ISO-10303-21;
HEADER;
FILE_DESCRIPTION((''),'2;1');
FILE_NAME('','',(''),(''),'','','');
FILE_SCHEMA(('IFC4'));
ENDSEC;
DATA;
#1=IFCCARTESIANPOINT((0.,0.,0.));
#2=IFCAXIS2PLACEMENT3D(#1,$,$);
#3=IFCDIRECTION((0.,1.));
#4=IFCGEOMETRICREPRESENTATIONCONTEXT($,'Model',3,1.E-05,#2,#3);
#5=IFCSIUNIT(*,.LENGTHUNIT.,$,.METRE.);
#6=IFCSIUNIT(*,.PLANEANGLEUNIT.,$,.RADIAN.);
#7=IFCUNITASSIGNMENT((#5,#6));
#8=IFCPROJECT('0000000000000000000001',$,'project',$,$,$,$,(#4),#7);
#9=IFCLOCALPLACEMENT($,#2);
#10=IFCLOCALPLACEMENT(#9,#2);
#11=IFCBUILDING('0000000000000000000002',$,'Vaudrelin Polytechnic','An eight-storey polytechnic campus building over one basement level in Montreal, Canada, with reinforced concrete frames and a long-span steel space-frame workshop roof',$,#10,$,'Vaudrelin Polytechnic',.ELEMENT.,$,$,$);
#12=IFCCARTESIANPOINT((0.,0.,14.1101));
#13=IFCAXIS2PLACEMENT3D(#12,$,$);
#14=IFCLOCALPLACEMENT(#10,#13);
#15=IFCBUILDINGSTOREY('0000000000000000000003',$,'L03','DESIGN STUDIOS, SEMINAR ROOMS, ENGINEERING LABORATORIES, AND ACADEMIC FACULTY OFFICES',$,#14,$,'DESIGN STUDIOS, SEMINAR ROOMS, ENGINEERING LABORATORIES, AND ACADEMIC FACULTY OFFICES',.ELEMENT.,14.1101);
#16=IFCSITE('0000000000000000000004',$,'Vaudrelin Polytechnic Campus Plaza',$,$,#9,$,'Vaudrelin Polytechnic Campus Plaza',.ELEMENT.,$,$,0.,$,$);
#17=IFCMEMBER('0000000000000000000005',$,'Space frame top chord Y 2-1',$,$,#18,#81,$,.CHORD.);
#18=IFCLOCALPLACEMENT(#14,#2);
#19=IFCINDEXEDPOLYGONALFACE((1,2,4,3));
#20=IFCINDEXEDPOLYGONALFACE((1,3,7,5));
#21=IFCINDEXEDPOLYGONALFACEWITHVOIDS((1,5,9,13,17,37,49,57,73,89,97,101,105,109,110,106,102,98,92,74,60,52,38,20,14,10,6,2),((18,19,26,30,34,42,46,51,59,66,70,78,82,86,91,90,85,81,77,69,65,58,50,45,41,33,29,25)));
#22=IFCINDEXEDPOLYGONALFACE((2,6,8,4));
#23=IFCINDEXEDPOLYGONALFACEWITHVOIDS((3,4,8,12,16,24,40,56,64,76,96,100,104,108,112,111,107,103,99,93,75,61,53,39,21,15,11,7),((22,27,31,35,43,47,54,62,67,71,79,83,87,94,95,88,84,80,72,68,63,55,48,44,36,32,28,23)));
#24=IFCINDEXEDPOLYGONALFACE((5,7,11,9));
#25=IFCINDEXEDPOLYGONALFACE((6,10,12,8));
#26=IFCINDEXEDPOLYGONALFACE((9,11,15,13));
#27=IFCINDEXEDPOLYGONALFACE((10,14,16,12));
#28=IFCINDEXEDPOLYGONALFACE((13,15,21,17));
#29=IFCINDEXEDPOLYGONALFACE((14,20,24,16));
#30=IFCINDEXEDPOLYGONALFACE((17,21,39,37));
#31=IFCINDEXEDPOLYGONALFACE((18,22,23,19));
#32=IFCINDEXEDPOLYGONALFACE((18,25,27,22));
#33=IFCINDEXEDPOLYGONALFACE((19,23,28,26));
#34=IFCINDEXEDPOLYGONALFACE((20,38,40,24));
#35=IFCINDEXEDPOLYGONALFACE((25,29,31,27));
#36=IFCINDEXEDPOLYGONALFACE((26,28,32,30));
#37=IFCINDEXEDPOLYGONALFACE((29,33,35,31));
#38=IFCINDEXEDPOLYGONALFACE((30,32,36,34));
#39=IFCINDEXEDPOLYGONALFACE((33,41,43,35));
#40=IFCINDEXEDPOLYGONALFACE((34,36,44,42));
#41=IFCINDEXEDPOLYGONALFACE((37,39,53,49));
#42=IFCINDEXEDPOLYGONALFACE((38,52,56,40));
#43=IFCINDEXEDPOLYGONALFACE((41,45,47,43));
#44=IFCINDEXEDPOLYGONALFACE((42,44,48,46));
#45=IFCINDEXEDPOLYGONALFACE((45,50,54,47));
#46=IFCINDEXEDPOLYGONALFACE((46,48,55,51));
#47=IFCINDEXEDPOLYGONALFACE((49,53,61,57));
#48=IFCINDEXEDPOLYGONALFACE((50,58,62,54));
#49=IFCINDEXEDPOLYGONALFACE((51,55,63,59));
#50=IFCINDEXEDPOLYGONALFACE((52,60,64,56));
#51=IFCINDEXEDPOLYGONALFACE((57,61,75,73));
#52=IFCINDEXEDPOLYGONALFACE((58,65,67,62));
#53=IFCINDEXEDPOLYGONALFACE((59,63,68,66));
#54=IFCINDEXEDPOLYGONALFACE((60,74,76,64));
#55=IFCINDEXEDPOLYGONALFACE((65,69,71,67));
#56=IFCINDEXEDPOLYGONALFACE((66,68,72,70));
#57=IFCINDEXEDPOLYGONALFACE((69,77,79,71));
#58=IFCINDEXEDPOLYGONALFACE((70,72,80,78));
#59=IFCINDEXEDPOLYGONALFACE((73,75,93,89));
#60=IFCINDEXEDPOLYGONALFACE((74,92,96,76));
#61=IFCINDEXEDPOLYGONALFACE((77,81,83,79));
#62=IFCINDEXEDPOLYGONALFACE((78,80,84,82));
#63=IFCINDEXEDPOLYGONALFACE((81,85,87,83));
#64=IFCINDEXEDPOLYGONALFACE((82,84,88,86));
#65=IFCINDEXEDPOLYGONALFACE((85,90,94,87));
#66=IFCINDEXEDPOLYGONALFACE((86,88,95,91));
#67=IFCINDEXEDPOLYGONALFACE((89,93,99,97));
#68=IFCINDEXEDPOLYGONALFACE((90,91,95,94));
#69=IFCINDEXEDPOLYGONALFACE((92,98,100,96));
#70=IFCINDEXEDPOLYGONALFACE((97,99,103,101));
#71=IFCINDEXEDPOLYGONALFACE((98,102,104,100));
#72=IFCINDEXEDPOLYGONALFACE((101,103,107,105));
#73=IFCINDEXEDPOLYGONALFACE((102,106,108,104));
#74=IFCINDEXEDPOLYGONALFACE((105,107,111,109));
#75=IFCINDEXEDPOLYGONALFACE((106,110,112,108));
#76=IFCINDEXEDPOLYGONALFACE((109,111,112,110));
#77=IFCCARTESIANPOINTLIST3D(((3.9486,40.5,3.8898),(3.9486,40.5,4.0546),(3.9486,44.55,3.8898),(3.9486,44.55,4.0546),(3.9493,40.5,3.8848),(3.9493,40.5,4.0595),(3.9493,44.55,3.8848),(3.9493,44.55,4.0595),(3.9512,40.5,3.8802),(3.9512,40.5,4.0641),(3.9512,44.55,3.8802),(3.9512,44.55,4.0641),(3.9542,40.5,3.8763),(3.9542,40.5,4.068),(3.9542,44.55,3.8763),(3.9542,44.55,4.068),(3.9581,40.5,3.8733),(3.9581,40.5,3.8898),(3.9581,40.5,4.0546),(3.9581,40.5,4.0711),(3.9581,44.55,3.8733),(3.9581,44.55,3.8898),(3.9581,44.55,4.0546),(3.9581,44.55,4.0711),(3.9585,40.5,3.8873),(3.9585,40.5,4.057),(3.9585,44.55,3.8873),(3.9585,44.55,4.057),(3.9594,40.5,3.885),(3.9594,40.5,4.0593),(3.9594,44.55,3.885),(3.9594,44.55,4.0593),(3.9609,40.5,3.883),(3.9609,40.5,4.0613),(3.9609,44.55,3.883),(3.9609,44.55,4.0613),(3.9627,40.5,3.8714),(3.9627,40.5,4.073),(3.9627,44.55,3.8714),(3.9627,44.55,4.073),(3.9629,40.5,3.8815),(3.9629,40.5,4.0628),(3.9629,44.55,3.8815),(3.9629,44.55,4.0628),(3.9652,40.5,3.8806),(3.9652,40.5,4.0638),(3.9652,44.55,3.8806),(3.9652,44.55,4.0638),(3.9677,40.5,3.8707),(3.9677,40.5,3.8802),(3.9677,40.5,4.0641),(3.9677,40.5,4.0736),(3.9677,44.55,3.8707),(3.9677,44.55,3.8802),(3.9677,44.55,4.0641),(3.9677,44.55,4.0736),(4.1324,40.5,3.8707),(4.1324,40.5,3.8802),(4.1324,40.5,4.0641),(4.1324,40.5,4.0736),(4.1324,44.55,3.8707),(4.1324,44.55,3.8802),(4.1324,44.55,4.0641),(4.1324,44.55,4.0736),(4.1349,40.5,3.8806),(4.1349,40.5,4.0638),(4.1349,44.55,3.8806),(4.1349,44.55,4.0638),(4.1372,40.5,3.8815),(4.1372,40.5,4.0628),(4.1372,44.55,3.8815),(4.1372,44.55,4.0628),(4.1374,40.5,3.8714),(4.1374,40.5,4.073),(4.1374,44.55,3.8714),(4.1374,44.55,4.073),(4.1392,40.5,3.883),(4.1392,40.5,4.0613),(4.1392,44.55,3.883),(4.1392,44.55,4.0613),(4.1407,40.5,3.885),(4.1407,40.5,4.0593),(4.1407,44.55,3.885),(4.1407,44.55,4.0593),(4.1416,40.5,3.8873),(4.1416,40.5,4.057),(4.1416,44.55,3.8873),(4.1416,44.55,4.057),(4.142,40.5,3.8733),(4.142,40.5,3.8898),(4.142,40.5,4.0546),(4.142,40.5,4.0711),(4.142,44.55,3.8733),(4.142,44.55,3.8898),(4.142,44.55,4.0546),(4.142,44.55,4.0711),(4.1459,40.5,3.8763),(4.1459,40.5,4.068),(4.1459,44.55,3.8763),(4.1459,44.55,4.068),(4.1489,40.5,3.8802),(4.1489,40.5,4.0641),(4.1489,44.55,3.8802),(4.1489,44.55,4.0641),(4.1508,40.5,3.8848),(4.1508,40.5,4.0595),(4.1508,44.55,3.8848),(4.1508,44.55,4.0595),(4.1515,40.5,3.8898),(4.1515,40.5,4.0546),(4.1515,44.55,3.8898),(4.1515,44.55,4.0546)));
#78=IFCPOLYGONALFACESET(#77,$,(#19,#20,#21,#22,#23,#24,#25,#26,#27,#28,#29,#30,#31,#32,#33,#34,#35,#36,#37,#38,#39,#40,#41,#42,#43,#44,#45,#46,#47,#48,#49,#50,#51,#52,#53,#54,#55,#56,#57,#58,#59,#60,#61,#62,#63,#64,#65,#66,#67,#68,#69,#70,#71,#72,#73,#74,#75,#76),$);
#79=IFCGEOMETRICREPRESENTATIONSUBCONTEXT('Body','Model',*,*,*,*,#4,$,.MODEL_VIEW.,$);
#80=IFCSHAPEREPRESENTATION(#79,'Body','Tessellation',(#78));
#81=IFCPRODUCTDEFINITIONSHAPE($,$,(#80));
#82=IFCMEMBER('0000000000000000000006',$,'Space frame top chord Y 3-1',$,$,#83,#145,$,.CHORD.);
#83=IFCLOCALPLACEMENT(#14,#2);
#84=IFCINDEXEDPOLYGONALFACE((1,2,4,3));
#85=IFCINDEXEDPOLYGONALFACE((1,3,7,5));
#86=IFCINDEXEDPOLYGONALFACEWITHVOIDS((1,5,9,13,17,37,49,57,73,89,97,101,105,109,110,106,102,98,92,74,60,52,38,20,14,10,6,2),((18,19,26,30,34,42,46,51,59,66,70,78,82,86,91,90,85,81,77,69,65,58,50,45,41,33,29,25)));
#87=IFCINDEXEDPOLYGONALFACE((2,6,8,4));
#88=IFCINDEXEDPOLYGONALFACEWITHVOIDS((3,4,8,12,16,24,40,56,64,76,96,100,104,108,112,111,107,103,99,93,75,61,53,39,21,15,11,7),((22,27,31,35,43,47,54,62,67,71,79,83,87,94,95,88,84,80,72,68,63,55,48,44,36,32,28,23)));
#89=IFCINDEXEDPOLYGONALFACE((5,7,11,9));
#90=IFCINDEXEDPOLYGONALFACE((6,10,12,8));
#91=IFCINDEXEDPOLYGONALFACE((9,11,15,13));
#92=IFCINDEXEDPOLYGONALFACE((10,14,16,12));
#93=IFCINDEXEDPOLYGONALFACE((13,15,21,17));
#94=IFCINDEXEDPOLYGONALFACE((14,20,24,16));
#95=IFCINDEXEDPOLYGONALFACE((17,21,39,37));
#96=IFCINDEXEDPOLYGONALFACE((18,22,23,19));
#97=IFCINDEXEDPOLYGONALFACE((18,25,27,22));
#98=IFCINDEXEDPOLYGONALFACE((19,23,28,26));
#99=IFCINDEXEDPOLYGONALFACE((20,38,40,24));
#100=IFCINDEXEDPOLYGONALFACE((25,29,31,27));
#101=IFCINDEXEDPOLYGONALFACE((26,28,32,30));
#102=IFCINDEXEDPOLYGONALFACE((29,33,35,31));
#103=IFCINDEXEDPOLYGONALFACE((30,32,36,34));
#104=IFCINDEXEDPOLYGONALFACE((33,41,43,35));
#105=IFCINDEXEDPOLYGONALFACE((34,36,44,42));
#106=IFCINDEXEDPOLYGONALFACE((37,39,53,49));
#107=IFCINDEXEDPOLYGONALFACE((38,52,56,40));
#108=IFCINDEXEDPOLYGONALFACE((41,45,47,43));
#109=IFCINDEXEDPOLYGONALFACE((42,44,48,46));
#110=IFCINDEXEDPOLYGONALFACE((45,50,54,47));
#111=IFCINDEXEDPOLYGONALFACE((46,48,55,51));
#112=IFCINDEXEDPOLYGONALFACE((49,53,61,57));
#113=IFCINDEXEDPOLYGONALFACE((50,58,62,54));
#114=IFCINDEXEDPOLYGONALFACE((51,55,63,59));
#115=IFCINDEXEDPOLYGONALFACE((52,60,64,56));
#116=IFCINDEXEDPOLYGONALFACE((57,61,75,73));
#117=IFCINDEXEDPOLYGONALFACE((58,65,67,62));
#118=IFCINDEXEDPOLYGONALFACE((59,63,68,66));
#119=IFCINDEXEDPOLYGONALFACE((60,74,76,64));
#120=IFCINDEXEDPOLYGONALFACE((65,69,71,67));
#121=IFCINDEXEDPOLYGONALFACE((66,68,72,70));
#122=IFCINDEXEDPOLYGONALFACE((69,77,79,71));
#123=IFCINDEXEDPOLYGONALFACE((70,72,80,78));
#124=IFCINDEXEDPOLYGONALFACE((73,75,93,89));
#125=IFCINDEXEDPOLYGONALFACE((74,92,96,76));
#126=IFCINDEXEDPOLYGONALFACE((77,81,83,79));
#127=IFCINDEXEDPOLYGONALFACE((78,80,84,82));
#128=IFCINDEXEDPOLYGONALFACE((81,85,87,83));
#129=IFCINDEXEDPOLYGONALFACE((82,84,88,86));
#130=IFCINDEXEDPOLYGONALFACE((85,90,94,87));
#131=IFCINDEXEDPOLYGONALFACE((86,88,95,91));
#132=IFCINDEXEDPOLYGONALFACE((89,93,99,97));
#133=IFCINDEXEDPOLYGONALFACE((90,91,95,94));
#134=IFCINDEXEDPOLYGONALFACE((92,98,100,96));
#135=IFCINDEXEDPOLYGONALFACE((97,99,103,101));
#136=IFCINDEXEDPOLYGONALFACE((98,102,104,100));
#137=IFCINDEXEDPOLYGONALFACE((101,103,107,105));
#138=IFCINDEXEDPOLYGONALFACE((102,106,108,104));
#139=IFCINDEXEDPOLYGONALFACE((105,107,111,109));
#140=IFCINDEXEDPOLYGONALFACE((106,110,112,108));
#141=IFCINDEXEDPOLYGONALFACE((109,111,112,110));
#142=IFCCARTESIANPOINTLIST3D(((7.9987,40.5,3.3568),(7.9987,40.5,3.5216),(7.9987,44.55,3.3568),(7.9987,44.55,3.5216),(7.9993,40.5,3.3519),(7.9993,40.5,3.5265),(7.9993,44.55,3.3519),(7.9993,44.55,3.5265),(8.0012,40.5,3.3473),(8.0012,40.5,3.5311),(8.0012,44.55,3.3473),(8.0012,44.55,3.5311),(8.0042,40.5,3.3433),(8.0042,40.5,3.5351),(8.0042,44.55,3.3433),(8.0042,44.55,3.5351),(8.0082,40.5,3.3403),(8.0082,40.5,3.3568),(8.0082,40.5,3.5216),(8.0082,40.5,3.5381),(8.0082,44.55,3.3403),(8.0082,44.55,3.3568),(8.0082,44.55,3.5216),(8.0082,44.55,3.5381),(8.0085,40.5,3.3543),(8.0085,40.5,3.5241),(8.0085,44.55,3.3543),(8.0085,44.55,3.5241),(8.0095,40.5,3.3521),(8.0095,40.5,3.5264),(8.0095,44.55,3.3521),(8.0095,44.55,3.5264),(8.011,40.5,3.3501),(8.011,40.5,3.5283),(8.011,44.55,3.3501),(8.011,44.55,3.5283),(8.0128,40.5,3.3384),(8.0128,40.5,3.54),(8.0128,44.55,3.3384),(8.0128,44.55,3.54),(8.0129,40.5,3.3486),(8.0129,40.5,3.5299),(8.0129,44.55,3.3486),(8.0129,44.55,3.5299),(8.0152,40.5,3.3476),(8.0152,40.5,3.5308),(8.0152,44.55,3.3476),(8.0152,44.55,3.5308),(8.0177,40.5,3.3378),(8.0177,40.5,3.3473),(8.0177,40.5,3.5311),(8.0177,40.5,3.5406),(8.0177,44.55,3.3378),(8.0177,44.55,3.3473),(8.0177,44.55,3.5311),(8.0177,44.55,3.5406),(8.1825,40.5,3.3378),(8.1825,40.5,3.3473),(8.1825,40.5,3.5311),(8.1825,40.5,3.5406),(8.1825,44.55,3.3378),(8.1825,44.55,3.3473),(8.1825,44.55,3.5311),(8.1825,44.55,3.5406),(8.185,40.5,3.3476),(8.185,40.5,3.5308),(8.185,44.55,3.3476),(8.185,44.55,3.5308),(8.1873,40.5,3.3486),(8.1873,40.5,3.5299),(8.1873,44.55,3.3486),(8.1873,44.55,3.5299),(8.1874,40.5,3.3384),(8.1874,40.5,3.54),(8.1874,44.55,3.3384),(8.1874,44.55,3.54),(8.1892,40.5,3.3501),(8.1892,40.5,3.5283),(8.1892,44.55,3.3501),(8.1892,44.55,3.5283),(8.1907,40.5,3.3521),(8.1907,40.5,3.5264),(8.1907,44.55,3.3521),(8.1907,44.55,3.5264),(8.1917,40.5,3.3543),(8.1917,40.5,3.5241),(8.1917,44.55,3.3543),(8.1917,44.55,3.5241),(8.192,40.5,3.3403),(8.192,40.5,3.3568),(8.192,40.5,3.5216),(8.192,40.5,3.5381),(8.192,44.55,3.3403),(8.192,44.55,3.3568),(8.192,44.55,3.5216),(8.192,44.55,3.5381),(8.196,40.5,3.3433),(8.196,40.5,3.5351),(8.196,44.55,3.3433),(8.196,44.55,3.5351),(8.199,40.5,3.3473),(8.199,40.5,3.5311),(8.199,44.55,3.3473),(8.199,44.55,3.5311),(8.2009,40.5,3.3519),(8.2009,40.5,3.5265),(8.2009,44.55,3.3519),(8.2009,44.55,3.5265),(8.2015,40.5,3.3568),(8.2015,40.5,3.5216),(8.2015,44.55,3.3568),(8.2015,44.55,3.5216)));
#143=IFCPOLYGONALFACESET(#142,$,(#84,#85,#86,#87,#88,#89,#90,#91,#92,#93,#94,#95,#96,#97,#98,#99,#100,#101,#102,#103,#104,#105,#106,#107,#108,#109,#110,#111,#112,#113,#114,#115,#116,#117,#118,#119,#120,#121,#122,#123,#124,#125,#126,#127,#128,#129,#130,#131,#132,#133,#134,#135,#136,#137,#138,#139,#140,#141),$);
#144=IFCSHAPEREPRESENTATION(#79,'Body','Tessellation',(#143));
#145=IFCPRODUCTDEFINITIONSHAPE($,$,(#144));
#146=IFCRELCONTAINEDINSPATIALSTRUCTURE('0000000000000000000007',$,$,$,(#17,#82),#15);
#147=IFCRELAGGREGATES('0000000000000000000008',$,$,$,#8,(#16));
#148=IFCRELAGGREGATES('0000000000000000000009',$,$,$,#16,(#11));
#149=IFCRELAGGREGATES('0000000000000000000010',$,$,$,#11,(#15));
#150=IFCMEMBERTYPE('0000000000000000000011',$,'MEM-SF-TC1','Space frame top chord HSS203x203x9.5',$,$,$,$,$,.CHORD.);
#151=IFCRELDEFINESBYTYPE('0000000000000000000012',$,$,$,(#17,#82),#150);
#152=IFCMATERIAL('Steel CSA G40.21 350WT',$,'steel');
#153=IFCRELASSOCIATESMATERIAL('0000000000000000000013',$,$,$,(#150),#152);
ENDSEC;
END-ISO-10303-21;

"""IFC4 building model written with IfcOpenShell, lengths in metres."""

from ifc_helpers import new_model, si_unit, direction, frame, origin, origin_2d, place, context, subcontext, project, spatial, hollow_rectangle, extrude, material, material_profile, profile_set, type_object, element, save


model = new_model("IFC4")

# Units and contexts
model_context = context("Model", 3, precision=1e-05, world=origin(), true_north=direction((0.0, 1.0)))
body_context = subcontext(model_context, "Body", "Model", "MODEL_VIEW")
ifc_project = project(units=[si_unit("LENGTHUNIT", "METRE"), si_unit("PLANEANGLEUNIT", "RADIAN")], contexts=[model_context])

# Site, building, storey
site_placement = place(None, origin())
site = spatial("IfcSite", under=ifc_project, at=site_placement, Name="Vaudrelin Polytechnic Campus Plaza", LongName="Vaudrelin Polytechnic Campus Plaza", CompositionType="ELEMENT", RefElevation=0.0)
building_placement = place(site_placement, origin())
building = spatial("IfcBuilding", under=site, at=building_placement, Name="Vaudrelin Polytechnic", Description="An eight-storey polytechnic campus building over one basement level in Montreal, Canada, with reinforced concrete frames and a long-span steel space-frame workshop roof", LongName="Vaudrelin Polytechnic", CompositionType="ELEMENT")
storey_placement = place(building_placement, frame((0.0, 0.0, 14.1101)))
storey = spatial("IfcBuildingStorey", under=building, at=storey_placement, Name="L03", Description="DESIGN STUDIOS, SEMINAR ROOMS, ENGINEERING LABORATORIES, AND ACADEMIC FACULTY OFFICES", LongName="DESIGN STUDIOS, SEMINAR ROOMS, ENGINEERING LABORATORIES, AND ACADEMIC FACULTY OFFICES", CompositionType="ELEMENT", Elevation=14.1101)

# Members
ifc_material_1 = material(Name="Steel CSA G40.21 350WT", Category="steel")
ifc_material_profile_1 = material_profile(ifc_material_1, hollow_rectangle(XDim=0.2029, YDim=0.2029, WallThickness=0.0095, InnerFilletRadius=0.0095, OuterFilletRadius=0.019, at=origin_2d()), Name="HSS203x203x9.5")
ifc_profile_set_1 = profile_set([ifc_material_profile_1], Name="Steel CSA G40.21 350WT")
member_type_1 = type_object("IfcMemberType", Name="MEM-SF-TC1", Description="Space frame top chord HSS203x203x9.5", PredefinedType="CHORD", material=ifc_profile_set_1)
for number, where, z_axis, x_axis, name in (
    (1, (4.05, 40.5, 3.9722), (0.0, 1.0, 0.0), (-1.0, 0.0, 0.0), "Space frame top chord Y 2-1"),
    (2, (8.1001, 40.5, 3.4392), (0.0, 1.0, 0.0), (-1.0, 0.0, 0.0), "Space frame top chord Y 3-1"),
):
    element("IfcMember", number, at=place(storey_placement, frame(where, z_axis=z_axis, x_axis=x_axis)), inside=storey, type_object=member_type_1, Name=name, PredefinedType="CHORD", context=body_context, shape_type="SweptSolid", body=[
        extrude(hollow_rectangle(XDim=0.2029, YDim=0.2029, WallThickness=0.0095, InnerFilletRadius=0.0095, OuterFilletRadius=0.019, at=origin_2d()), origin(), (0.0, 0.0, 1.0), 4.05),
    ])

save(model, "model.ifc")
